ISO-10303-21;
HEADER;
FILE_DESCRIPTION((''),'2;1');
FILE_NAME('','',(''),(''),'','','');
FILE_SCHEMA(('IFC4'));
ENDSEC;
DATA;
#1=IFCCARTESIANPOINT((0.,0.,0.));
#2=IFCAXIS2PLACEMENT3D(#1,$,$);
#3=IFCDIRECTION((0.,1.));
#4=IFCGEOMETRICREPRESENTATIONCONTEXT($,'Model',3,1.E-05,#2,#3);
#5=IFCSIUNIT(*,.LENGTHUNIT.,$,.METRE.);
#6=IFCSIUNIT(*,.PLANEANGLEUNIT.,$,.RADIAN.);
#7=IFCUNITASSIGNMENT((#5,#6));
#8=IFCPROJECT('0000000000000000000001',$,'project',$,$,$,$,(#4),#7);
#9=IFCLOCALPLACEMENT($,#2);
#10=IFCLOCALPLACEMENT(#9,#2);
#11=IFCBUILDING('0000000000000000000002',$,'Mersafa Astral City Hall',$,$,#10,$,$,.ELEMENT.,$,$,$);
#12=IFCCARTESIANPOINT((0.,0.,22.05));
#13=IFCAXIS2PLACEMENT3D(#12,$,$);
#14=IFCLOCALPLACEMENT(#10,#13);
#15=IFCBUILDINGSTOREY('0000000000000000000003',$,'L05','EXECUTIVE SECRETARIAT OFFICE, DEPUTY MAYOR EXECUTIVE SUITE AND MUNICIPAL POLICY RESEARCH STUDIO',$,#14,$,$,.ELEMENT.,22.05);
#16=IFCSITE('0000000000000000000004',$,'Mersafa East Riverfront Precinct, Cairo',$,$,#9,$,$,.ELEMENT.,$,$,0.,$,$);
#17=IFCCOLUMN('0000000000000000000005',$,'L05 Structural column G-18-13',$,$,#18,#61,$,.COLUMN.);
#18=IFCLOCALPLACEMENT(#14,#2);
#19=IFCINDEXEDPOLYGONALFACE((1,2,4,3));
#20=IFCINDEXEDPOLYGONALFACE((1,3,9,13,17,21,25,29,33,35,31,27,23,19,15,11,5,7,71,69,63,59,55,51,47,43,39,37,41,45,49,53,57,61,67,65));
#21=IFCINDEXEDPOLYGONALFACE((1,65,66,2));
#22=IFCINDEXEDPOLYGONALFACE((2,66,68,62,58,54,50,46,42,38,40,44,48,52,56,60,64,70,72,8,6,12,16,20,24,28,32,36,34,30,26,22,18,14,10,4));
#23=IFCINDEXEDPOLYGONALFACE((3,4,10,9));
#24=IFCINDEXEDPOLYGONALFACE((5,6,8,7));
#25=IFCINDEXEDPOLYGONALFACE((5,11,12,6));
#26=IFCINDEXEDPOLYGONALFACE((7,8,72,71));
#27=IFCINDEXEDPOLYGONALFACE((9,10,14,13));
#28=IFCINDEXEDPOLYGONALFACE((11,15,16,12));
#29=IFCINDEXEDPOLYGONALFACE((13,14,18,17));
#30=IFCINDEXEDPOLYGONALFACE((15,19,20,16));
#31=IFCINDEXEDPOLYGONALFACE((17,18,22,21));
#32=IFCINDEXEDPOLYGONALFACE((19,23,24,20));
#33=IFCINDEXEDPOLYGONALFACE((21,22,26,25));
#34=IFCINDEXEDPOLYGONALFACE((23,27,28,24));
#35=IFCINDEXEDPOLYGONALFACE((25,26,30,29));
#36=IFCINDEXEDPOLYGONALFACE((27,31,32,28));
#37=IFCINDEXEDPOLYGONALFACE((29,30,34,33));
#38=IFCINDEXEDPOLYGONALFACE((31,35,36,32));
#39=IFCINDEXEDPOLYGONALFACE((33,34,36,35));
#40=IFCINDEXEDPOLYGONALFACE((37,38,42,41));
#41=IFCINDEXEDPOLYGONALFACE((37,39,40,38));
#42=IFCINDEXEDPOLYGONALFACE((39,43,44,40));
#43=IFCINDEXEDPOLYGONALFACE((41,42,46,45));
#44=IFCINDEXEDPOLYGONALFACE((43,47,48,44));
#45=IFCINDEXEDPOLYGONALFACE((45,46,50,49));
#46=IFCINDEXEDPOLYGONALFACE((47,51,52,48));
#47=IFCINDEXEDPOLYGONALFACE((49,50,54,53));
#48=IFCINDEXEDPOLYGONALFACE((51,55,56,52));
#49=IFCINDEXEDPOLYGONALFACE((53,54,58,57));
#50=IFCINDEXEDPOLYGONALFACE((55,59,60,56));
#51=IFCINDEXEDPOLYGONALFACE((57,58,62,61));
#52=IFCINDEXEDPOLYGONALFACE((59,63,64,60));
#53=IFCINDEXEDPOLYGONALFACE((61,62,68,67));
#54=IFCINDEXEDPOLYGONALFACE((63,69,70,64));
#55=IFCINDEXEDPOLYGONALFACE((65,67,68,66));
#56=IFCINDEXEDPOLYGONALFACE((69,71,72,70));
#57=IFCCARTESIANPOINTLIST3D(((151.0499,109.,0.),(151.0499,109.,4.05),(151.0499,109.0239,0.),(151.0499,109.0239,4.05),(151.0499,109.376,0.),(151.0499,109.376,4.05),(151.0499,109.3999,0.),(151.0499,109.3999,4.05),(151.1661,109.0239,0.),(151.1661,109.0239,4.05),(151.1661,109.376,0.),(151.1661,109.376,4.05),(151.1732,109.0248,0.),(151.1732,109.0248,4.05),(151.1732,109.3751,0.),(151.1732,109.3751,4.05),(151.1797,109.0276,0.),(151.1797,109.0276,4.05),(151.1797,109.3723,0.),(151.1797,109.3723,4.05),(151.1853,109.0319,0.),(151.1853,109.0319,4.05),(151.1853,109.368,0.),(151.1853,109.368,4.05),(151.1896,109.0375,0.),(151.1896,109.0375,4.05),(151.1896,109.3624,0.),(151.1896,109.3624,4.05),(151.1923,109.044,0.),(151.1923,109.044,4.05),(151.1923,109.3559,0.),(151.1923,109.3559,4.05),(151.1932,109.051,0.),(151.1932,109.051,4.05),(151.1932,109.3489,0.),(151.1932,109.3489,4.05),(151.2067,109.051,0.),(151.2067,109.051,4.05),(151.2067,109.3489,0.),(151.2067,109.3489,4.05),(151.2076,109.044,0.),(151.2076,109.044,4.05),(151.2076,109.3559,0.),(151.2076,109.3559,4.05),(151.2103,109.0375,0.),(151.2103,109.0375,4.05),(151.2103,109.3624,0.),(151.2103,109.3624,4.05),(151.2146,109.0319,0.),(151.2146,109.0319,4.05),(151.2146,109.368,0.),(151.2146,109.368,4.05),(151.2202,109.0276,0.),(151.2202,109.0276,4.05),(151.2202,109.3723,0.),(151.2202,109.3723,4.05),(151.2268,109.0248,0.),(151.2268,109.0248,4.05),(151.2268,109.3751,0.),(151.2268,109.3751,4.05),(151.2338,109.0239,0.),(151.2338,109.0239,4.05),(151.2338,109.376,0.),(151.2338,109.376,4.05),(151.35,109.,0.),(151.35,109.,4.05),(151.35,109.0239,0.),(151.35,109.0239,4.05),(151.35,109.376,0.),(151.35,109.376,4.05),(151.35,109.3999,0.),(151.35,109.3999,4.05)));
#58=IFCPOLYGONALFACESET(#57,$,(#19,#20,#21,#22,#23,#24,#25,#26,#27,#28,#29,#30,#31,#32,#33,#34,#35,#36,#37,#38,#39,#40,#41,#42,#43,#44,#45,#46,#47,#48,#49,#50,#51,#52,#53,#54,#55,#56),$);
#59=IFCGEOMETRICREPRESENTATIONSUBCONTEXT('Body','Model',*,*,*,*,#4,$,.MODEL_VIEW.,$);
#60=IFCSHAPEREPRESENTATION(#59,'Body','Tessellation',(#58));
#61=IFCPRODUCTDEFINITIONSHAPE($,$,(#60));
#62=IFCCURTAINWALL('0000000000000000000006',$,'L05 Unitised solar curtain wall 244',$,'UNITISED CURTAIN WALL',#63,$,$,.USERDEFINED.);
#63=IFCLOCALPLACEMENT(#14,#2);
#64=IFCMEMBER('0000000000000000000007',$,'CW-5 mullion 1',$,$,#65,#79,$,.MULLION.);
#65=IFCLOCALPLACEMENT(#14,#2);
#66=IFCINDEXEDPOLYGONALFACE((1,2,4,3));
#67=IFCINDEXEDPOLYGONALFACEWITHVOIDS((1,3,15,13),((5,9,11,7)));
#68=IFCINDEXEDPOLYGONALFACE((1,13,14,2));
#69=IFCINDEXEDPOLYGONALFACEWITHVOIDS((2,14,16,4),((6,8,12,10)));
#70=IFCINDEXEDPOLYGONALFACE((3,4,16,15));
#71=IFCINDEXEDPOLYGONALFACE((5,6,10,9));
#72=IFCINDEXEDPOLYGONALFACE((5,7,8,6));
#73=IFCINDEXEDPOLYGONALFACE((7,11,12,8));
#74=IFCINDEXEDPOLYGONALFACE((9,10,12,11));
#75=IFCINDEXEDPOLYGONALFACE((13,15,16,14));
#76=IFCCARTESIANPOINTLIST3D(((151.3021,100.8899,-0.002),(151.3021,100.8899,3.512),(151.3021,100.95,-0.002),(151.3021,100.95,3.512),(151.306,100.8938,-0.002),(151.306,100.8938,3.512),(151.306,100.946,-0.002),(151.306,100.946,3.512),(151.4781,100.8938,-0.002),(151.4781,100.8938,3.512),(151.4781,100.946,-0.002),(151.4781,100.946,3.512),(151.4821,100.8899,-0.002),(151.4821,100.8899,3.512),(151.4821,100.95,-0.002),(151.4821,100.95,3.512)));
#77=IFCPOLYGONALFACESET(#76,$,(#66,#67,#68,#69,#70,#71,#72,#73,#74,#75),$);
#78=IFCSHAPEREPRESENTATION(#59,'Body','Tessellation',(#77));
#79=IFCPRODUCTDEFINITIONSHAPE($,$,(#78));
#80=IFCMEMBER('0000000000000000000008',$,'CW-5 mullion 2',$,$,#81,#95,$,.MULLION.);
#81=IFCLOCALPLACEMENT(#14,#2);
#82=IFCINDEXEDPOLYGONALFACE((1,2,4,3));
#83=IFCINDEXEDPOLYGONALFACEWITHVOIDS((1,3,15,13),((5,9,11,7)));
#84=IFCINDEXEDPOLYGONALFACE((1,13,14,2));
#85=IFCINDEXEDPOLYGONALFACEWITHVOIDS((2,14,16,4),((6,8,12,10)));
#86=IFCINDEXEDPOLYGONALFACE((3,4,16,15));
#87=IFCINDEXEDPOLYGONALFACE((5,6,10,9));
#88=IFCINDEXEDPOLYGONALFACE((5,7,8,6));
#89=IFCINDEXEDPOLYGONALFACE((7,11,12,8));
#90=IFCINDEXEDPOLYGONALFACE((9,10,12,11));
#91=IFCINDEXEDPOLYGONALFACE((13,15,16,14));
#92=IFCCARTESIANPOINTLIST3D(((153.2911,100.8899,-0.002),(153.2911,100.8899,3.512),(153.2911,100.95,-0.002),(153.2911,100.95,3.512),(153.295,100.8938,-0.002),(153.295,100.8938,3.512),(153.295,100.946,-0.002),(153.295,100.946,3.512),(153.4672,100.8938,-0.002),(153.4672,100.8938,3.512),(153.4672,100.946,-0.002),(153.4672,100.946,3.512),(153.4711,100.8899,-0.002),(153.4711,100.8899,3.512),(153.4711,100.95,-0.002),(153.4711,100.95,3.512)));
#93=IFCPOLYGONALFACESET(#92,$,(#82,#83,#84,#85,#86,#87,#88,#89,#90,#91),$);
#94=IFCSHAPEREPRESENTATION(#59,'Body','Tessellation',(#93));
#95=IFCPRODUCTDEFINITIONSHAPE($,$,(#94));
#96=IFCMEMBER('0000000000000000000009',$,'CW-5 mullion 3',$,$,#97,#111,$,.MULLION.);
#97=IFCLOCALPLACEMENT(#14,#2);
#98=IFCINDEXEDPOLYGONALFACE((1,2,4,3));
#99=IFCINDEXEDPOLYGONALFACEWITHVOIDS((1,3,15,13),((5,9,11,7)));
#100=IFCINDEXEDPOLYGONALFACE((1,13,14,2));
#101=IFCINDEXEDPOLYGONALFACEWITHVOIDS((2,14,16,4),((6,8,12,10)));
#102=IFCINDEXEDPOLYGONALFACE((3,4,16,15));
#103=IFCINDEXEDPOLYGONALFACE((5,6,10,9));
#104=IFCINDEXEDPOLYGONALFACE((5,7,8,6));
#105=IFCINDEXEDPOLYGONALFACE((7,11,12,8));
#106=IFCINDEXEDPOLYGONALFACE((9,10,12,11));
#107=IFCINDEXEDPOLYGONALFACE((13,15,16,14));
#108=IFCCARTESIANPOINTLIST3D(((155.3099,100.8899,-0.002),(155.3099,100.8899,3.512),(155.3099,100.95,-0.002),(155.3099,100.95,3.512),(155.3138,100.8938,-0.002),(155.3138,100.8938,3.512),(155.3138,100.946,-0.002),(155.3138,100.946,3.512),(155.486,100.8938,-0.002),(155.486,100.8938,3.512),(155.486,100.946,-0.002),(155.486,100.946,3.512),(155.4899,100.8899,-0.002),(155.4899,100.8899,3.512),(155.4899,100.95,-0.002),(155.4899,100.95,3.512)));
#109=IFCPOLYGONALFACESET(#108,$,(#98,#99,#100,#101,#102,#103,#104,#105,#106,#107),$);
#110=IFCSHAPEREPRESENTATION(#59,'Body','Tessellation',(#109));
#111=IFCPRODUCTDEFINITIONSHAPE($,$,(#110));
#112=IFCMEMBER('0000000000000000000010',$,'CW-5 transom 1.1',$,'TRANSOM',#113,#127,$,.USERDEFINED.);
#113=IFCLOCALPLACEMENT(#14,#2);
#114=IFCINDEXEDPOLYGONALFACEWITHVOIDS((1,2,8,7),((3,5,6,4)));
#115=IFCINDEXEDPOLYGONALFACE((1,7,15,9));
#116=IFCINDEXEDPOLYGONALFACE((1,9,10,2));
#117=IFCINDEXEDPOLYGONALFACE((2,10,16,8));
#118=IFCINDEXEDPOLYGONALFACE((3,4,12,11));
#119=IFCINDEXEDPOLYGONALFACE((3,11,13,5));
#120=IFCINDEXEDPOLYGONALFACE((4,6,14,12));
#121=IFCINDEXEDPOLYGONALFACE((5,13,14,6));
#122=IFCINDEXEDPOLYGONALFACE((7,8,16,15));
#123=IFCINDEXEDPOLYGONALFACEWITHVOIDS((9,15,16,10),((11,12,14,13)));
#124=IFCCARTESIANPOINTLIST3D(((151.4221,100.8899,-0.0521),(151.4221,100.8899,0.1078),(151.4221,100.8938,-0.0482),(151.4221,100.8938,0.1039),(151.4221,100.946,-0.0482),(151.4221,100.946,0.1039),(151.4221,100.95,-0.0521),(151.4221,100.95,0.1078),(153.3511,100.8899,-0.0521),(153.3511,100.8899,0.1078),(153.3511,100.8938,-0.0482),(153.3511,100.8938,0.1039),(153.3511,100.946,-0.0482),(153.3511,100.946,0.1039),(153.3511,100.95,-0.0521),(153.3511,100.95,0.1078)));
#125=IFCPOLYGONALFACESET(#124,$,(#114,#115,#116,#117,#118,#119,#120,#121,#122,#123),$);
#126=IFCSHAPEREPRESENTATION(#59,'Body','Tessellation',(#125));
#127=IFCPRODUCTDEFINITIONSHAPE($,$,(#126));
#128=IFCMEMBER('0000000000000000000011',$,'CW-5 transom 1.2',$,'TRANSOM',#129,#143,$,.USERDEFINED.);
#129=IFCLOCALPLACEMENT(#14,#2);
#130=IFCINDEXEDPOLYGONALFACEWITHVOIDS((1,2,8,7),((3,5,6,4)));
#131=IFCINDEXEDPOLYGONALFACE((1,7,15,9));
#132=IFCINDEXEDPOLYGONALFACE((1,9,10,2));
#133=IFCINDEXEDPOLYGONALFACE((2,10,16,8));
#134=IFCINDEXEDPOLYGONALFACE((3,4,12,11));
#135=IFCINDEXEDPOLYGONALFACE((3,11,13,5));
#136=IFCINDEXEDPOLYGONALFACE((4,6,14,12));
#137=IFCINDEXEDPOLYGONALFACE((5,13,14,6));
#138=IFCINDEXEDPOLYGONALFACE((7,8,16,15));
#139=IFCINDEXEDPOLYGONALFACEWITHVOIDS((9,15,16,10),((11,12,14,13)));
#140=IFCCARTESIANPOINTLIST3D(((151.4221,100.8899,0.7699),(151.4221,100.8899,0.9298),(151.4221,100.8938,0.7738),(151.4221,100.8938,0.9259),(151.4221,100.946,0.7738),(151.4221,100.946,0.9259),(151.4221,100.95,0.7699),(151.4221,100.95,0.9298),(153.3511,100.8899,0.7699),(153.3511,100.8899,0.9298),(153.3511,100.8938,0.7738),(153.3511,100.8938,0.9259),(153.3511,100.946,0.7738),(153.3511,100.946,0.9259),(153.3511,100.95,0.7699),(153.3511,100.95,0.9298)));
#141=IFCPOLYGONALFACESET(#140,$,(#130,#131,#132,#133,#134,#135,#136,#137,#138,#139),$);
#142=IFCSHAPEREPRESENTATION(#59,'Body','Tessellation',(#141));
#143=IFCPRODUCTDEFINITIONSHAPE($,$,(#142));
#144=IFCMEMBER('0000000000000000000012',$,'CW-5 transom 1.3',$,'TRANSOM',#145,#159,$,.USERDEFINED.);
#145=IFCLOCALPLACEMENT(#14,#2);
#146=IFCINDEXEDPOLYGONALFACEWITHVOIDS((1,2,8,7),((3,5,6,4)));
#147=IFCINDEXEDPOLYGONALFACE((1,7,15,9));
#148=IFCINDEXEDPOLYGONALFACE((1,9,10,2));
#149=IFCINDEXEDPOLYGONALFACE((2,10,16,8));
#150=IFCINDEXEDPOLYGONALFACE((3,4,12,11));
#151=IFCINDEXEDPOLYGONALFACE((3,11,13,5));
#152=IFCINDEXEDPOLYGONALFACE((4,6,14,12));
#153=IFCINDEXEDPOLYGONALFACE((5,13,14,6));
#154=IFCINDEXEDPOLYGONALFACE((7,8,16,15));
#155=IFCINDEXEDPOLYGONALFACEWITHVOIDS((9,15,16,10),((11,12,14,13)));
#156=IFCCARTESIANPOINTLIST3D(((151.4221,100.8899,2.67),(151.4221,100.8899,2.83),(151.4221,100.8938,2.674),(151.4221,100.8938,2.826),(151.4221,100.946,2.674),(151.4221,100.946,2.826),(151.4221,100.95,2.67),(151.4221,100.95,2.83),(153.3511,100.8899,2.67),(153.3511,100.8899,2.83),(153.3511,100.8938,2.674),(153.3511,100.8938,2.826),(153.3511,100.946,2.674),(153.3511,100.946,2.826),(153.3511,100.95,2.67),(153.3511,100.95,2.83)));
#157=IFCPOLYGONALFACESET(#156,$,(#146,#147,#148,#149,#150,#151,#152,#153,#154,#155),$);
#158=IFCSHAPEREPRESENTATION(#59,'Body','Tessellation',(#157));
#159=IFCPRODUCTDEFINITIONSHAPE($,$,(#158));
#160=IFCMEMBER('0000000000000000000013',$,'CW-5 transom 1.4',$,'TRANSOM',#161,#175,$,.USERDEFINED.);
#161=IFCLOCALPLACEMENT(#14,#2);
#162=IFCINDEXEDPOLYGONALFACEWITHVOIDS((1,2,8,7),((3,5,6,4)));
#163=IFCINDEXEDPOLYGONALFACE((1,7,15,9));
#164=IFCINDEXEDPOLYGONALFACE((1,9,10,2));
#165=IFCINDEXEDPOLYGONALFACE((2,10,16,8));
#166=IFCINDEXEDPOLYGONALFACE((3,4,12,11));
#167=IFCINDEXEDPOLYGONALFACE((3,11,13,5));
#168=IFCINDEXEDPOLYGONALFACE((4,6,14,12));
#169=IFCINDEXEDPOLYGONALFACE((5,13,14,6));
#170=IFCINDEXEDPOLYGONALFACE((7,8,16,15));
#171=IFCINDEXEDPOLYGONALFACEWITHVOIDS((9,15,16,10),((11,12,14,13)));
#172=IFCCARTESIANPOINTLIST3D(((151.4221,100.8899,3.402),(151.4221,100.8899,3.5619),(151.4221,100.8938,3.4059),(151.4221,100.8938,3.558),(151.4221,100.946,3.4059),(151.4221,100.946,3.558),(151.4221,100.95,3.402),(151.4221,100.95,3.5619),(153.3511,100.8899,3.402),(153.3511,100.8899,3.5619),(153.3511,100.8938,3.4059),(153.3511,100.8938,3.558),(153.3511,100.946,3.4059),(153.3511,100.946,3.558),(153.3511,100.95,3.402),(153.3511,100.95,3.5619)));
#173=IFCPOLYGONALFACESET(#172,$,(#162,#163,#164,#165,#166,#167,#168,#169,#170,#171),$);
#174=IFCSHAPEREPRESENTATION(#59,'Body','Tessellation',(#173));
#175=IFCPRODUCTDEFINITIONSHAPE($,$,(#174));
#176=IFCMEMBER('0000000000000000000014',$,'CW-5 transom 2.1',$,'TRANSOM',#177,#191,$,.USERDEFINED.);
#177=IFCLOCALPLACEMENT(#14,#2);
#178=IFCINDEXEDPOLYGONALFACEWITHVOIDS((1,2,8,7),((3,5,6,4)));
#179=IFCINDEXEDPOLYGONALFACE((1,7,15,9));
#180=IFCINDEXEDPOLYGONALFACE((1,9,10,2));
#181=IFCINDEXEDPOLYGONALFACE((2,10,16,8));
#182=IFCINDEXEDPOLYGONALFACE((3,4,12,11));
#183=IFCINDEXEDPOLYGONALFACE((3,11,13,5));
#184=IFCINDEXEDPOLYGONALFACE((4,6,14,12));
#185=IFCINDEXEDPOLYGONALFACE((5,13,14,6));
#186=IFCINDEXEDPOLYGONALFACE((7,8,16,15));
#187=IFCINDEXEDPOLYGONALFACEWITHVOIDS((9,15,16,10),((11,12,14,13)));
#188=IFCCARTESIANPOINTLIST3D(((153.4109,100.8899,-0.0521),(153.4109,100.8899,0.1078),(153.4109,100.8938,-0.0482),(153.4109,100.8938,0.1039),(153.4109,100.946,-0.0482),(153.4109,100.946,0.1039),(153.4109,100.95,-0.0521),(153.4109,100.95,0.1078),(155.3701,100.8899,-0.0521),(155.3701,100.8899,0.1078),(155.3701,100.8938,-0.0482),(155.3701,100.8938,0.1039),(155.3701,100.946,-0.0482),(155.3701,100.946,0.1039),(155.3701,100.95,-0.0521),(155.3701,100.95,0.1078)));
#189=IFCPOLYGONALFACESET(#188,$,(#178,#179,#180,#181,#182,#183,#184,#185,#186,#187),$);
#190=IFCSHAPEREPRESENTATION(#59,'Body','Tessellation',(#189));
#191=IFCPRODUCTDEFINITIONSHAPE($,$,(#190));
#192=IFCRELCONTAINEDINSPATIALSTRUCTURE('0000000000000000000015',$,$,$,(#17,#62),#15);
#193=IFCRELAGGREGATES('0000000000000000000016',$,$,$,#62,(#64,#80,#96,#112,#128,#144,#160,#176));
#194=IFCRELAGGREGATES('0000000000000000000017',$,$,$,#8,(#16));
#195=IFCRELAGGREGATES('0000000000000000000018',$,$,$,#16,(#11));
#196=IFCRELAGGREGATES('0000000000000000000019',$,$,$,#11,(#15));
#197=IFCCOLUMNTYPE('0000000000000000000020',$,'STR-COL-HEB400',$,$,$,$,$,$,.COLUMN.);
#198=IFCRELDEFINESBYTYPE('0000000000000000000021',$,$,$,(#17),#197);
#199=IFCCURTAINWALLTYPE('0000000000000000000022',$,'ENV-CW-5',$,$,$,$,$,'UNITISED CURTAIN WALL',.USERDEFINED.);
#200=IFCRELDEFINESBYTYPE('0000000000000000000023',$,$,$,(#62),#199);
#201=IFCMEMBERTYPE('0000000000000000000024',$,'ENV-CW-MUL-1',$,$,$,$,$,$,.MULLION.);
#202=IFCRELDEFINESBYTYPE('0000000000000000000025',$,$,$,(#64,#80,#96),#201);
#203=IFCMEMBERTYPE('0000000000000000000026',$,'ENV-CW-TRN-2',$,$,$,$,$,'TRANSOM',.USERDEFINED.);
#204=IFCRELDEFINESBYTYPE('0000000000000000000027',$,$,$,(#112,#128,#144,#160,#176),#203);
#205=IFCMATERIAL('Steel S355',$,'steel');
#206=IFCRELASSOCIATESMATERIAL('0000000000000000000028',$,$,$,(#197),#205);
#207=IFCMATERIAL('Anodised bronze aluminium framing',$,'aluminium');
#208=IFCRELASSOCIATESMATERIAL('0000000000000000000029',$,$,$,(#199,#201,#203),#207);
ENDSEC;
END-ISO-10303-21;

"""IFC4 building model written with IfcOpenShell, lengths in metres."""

from ifc_helpers import new_model, si_unit, direction, frame, origin, origin_2d, place, context, subcontext, project, spatial, hollow_rectangle, i_section, extrude, material, material_profile, profile_set, type_object, element, aggregate, save


model = new_model("IFC4")

# Units and contexts
model_context = context("Model", 3, precision=1e-05, world=origin(), true_north=direction((0.0, 1.0)))
body_context = subcontext(model_context, "Body", "Model", "MODEL_VIEW")
ifc_project = project(units=[si_unit("LENGTHUNIT", "METRE"), si_unit("PLANEANGLEUNIT", "RADIAN")], contexts=[model_context])

# Site, building, storey
site_placement = place(None, origin())
site = spatial("IfcSite", under=ifc_project, at=site_placement, Name="Mersafa East Riverfront Precinct, Cairo", CompositionType="ELEMENT", RefElevation=0.0)
building_placement = place(site_placement, origin())
building = spatial("IfcBuilding", under=site, at=building_placement, Name="Mersafa Astral City Hall", CompositionType="ELEMENT")
storey_placement = place(building_placement, frame((0.0, 0.0, 22.05)))
storey = spatial("IfcBuildingStorey", under=building, at=storey_placement, Name="L05", Description="EXECUTIVE SECRETARIAT OFFICE, DEPUTY MAYOR EXECUTIVE SUITE AND MUNICIPAL POLICY RESEARCH STUDIO", CompositionType="ELEMENT", Elevation=22.05)

# Column
ifc_material_1 = material(Name="Steel S355", Category="steel")
ifc_material_profile_1 = material_profile(ifc_material_1, i_section(OverallWidth=0.3, OverallDepth=0.3999, WebThickness=0.0134, FlangeThickness=0.0239, FilletRadius=0.0271, at=origin_2d()), Name="HEB 400")
ifc_profile_set_1 = profile_set([ifc_material_profile_1], Name="Steel S355")
column_type = type_object("IfcColumnType", Name="STR-COL-HEB400", PredefinedType="COLUMN", material=ifc_profile_set_1)
column_placement = place(storey_placement, frame((151.2, 109.2, 0.0), z_axis=(0.0, 0.0, 1.0), x_axis=(1.0, 0.0, 0.0)))
element("IfcColumn", 1, at=column_placement, inside=storey, type_object=column_type, Name="L05 Structural column G-18-13", PredefinedType="COLUMN", context=body_context, shape_type="SweptSolid", body=[
    extrude(i_section(OverallWidth=0.3, OverallDepth=0.3999, WebThickness=0.0134, FlangeThickness=0.0239, FilletRadius=0.0271, at=origin_2d()), origin(), (0.0, 0.0, 1.0), 4.05),
])

# Curtain wall, members
ifc_material_2 = material(Name="Anodised bronze aluminium framing", Category="aluminium")
curtain_wall_type = type_object("IfcCurtainWallType", Name="ENV-CW-5", ElementType="UNITISED CURTAIN WALL", PredefinedType="USERDEFINED", material=ifc_material_2)
curtain_wall_placement = place(storey_placement, origin())
curtain_wall = element("IfcCurtainWall", 2, at=curtain_wall_placement, inside=storey, type_object=curtain_wall_type, Name="L05 Unitised solar curtain wall 244", ObjectType="UNITISED CURTAIN WALL", PredefinedType="USERDEFINED")
ifc_material_profile_2 = material_profile(ifc_material_2, hollow_rectangle(XDim=0.0601, YDim=0.1799, WallThickness=0.0039, at=origin_2d()), Name="RHS 60x180x4")
ifc_profile_set_2 = profile_set([ifc_material_profile_2], Name="Anodised bronze aluminium framing")
member_type_1 = type_object("IfcMemberType", Name="ENV-CW-MUL-1", PredefinedType="MULLION", material=ifc_profile_set_2)
member_1_placement = place(storey_placement, frame((151.3921, 100.9199, -0.002), z_axis=(0.0, 0.0, 1.0), x_axis=(0.0, 1.0, 0.0)))
member_1 = element("IfcMember", 3, at=member_1_placement, type_object=member_type_1, Name="CW-5 mullion 1", PredefinedType="MULLION", context=body_context, shape_type="SweptSolid", body=[
    extrude(hollow_rectangle(XDim=0.0601, YDim=0.1799, WallThickness=0.0039, at=origin_2d()), origin(), (0.0, 0.0, 1.0), 3.5139),
])
member_2_placement = place(storey_placement, frame((153.3811, 100.9199, -0.002), z_axis=(0.0, 0.0, 1.0), x_axis=(0.0, 1.0, 0.0)))
member_2 = element("IfcMember", 4, at=member_2_placement, type_object=member_type_1, Name="CW-5 mullion 2", PredefinedType="MULLION", context=body_context, shape_type="SweptSolid", body=[
    extrude(hollow_rectangle(XDim=0.0601, YDim=0.1799, WallThickness=0.0039, at=origin_2d()), origin(), (0.0, 0.0, 1.0), 3.5139),
])
member_3_placement = place(storey_placement, frame((155.3999, 100.9199, -0.002), z_axis=(0.0, 0.0, 1.0), x_axis=(0.0, 1.0, 0.0)))
member_3 = element("IfcMember", 5, at=member_3_placement, type_object=member_type_1, Name="CW-5 mullion 3", PredefinedType="MULLION", context=body_context, shape_type="SweptSolid", body=[
    extrude(hollow_rectangle(XDim=0.0601, YDim=0.1799, WallThickness=0.0039, at=origin_2d()), origin(), (0.0, 0.0, 1.0), 3.5139),
])
ifc_material_profile_3 = material_profile(ifc_material_2, hollow_rectangle(XDim=0.0601, YDim=0.1599, WallThickness=0.0039, at=origin_2d()), Name="RHS 60x160x4")
ifc_profile_set_3 = profile_set([ifc_material_profile_3], Name="Anodised bronze aluminium framing")
member_type_2 = type_object("IfcMemberType", Name="ENV-CW-TRN-2", ElementType="TRANSOM", PredefinedType="USERDEFINED", material=ifc_profile_set_3)
member_4_placement = place(storey_placement, frame((151.4221, 100.9199, 0.0278), z_axis=(1.0, 0.0, 0.0), x_axis=(0.0, 1.0, 0.0)))
member_4 = element("IfcMember", 6, at=member_4_placement, type_object=member_type_2, Name="CW-5 transom 1.1", ObjectType="TRANSOM", PredefinedType="USERDEFINED", context=body_context, shape_type="SweptSolid", body=[
    extrude(hollow_rectangle(XDim=0.0601, YDim=0.1599, WallThickness=0.0039, at=origin_2d()), origin(), (0.0, 0.0, 1.0), 1.929),
])
member_5_placement = place(storey_placement, frame((151.4221, 100.9199, 0.8499), z_axis=(1.0, 0.0, 0.0), x_axis=(0.0, 1.0, 0.0)))
member_5 = element("IfcMember", 7, at=member_5_placement, type_object=member_type_2, Name="CW-5 transom 1.2", ObjectType="TRANSOM", PredefinedType="USERDEFINED", context=body_context, shape_type="SweptSolid", body=[
    extrude(hollow_rectangle(XDim=0.0601, YDim=0.1599, WallThickness=0.0039, at=origin_2d()), origin(), (0.0, 0.0, 1.0), 1.929),
])
member_6_placement = place(storey_placement, frame((151.4221, 100.9199, 2.75), z_axis=(1.0, 0.0, 0.0), x_axis=(0.0, 1.0, 0.0)))
member_6 = element("IfcMember", 8, at=member_6_placement, type_object=member_type_2, Name="CW-5 transom 1.3", ObjectType="TRANSOM", PredefinedType="USERDEFINED", context=body_context, shape_type="SweptSolid", body=[
    extrude(hollow_rectangle(XDim=0.0601, YDim=0.1599, WallThickness=0.0039, at=origin_2d()), origin(), (0.0, 0.0, 1.0), 1.929),
])
member_7_placement = place(storey_placement, frame((151.4221, 100.9199, 3.4819), z_axis=(1.0, 0.0, 0.0), x_axis=(0.0, 1.0, 0.0)))
member_7 = element("IfcMember", 9, at=member_7_placement, type_object=member_type_2, Name="CW-5 transom 1.4", ObjectType="TRANSOM", PredefinedType="USERDEFINED", context=body_context, shape_type="SweptSolid", body=[
    extrude(hollow_rectangle(XDim=0.0601, YDim=0.1599, WallThickness=0.0039, at=origin_2d()), origin(), (0.0, 0.0, 1.0), 1.929),
])
member_8_placement = place(storey_placement, frame((153.4109, 100.9199, 0.0278), z_axis=(1.0, 0.0, 0.0), x_axis=(0.0, 1.0, 0.0)))
member_8 = element("IfcMember", 10, at=member_8_placement, type_object=member_type_2, Name="CW-5 transom 2.1", ObjectType="TRANSOM", PredefinedType="USERDEFINED", context=body_context, shape_type="SweptSolid", body=[
    extrude(hollow_rectangle(XDim=0.0601, YDim=0.1599, WallThickness=0.0039, at=origin_2d()), origin(), (0.0, 0.0, 1.0), 1.9592),
])

aggregate(curtain_wall, [member_1, member_2, member_3, member_4, member_5, member_6, member_7, member_8])

save(model, "model.ifc")
